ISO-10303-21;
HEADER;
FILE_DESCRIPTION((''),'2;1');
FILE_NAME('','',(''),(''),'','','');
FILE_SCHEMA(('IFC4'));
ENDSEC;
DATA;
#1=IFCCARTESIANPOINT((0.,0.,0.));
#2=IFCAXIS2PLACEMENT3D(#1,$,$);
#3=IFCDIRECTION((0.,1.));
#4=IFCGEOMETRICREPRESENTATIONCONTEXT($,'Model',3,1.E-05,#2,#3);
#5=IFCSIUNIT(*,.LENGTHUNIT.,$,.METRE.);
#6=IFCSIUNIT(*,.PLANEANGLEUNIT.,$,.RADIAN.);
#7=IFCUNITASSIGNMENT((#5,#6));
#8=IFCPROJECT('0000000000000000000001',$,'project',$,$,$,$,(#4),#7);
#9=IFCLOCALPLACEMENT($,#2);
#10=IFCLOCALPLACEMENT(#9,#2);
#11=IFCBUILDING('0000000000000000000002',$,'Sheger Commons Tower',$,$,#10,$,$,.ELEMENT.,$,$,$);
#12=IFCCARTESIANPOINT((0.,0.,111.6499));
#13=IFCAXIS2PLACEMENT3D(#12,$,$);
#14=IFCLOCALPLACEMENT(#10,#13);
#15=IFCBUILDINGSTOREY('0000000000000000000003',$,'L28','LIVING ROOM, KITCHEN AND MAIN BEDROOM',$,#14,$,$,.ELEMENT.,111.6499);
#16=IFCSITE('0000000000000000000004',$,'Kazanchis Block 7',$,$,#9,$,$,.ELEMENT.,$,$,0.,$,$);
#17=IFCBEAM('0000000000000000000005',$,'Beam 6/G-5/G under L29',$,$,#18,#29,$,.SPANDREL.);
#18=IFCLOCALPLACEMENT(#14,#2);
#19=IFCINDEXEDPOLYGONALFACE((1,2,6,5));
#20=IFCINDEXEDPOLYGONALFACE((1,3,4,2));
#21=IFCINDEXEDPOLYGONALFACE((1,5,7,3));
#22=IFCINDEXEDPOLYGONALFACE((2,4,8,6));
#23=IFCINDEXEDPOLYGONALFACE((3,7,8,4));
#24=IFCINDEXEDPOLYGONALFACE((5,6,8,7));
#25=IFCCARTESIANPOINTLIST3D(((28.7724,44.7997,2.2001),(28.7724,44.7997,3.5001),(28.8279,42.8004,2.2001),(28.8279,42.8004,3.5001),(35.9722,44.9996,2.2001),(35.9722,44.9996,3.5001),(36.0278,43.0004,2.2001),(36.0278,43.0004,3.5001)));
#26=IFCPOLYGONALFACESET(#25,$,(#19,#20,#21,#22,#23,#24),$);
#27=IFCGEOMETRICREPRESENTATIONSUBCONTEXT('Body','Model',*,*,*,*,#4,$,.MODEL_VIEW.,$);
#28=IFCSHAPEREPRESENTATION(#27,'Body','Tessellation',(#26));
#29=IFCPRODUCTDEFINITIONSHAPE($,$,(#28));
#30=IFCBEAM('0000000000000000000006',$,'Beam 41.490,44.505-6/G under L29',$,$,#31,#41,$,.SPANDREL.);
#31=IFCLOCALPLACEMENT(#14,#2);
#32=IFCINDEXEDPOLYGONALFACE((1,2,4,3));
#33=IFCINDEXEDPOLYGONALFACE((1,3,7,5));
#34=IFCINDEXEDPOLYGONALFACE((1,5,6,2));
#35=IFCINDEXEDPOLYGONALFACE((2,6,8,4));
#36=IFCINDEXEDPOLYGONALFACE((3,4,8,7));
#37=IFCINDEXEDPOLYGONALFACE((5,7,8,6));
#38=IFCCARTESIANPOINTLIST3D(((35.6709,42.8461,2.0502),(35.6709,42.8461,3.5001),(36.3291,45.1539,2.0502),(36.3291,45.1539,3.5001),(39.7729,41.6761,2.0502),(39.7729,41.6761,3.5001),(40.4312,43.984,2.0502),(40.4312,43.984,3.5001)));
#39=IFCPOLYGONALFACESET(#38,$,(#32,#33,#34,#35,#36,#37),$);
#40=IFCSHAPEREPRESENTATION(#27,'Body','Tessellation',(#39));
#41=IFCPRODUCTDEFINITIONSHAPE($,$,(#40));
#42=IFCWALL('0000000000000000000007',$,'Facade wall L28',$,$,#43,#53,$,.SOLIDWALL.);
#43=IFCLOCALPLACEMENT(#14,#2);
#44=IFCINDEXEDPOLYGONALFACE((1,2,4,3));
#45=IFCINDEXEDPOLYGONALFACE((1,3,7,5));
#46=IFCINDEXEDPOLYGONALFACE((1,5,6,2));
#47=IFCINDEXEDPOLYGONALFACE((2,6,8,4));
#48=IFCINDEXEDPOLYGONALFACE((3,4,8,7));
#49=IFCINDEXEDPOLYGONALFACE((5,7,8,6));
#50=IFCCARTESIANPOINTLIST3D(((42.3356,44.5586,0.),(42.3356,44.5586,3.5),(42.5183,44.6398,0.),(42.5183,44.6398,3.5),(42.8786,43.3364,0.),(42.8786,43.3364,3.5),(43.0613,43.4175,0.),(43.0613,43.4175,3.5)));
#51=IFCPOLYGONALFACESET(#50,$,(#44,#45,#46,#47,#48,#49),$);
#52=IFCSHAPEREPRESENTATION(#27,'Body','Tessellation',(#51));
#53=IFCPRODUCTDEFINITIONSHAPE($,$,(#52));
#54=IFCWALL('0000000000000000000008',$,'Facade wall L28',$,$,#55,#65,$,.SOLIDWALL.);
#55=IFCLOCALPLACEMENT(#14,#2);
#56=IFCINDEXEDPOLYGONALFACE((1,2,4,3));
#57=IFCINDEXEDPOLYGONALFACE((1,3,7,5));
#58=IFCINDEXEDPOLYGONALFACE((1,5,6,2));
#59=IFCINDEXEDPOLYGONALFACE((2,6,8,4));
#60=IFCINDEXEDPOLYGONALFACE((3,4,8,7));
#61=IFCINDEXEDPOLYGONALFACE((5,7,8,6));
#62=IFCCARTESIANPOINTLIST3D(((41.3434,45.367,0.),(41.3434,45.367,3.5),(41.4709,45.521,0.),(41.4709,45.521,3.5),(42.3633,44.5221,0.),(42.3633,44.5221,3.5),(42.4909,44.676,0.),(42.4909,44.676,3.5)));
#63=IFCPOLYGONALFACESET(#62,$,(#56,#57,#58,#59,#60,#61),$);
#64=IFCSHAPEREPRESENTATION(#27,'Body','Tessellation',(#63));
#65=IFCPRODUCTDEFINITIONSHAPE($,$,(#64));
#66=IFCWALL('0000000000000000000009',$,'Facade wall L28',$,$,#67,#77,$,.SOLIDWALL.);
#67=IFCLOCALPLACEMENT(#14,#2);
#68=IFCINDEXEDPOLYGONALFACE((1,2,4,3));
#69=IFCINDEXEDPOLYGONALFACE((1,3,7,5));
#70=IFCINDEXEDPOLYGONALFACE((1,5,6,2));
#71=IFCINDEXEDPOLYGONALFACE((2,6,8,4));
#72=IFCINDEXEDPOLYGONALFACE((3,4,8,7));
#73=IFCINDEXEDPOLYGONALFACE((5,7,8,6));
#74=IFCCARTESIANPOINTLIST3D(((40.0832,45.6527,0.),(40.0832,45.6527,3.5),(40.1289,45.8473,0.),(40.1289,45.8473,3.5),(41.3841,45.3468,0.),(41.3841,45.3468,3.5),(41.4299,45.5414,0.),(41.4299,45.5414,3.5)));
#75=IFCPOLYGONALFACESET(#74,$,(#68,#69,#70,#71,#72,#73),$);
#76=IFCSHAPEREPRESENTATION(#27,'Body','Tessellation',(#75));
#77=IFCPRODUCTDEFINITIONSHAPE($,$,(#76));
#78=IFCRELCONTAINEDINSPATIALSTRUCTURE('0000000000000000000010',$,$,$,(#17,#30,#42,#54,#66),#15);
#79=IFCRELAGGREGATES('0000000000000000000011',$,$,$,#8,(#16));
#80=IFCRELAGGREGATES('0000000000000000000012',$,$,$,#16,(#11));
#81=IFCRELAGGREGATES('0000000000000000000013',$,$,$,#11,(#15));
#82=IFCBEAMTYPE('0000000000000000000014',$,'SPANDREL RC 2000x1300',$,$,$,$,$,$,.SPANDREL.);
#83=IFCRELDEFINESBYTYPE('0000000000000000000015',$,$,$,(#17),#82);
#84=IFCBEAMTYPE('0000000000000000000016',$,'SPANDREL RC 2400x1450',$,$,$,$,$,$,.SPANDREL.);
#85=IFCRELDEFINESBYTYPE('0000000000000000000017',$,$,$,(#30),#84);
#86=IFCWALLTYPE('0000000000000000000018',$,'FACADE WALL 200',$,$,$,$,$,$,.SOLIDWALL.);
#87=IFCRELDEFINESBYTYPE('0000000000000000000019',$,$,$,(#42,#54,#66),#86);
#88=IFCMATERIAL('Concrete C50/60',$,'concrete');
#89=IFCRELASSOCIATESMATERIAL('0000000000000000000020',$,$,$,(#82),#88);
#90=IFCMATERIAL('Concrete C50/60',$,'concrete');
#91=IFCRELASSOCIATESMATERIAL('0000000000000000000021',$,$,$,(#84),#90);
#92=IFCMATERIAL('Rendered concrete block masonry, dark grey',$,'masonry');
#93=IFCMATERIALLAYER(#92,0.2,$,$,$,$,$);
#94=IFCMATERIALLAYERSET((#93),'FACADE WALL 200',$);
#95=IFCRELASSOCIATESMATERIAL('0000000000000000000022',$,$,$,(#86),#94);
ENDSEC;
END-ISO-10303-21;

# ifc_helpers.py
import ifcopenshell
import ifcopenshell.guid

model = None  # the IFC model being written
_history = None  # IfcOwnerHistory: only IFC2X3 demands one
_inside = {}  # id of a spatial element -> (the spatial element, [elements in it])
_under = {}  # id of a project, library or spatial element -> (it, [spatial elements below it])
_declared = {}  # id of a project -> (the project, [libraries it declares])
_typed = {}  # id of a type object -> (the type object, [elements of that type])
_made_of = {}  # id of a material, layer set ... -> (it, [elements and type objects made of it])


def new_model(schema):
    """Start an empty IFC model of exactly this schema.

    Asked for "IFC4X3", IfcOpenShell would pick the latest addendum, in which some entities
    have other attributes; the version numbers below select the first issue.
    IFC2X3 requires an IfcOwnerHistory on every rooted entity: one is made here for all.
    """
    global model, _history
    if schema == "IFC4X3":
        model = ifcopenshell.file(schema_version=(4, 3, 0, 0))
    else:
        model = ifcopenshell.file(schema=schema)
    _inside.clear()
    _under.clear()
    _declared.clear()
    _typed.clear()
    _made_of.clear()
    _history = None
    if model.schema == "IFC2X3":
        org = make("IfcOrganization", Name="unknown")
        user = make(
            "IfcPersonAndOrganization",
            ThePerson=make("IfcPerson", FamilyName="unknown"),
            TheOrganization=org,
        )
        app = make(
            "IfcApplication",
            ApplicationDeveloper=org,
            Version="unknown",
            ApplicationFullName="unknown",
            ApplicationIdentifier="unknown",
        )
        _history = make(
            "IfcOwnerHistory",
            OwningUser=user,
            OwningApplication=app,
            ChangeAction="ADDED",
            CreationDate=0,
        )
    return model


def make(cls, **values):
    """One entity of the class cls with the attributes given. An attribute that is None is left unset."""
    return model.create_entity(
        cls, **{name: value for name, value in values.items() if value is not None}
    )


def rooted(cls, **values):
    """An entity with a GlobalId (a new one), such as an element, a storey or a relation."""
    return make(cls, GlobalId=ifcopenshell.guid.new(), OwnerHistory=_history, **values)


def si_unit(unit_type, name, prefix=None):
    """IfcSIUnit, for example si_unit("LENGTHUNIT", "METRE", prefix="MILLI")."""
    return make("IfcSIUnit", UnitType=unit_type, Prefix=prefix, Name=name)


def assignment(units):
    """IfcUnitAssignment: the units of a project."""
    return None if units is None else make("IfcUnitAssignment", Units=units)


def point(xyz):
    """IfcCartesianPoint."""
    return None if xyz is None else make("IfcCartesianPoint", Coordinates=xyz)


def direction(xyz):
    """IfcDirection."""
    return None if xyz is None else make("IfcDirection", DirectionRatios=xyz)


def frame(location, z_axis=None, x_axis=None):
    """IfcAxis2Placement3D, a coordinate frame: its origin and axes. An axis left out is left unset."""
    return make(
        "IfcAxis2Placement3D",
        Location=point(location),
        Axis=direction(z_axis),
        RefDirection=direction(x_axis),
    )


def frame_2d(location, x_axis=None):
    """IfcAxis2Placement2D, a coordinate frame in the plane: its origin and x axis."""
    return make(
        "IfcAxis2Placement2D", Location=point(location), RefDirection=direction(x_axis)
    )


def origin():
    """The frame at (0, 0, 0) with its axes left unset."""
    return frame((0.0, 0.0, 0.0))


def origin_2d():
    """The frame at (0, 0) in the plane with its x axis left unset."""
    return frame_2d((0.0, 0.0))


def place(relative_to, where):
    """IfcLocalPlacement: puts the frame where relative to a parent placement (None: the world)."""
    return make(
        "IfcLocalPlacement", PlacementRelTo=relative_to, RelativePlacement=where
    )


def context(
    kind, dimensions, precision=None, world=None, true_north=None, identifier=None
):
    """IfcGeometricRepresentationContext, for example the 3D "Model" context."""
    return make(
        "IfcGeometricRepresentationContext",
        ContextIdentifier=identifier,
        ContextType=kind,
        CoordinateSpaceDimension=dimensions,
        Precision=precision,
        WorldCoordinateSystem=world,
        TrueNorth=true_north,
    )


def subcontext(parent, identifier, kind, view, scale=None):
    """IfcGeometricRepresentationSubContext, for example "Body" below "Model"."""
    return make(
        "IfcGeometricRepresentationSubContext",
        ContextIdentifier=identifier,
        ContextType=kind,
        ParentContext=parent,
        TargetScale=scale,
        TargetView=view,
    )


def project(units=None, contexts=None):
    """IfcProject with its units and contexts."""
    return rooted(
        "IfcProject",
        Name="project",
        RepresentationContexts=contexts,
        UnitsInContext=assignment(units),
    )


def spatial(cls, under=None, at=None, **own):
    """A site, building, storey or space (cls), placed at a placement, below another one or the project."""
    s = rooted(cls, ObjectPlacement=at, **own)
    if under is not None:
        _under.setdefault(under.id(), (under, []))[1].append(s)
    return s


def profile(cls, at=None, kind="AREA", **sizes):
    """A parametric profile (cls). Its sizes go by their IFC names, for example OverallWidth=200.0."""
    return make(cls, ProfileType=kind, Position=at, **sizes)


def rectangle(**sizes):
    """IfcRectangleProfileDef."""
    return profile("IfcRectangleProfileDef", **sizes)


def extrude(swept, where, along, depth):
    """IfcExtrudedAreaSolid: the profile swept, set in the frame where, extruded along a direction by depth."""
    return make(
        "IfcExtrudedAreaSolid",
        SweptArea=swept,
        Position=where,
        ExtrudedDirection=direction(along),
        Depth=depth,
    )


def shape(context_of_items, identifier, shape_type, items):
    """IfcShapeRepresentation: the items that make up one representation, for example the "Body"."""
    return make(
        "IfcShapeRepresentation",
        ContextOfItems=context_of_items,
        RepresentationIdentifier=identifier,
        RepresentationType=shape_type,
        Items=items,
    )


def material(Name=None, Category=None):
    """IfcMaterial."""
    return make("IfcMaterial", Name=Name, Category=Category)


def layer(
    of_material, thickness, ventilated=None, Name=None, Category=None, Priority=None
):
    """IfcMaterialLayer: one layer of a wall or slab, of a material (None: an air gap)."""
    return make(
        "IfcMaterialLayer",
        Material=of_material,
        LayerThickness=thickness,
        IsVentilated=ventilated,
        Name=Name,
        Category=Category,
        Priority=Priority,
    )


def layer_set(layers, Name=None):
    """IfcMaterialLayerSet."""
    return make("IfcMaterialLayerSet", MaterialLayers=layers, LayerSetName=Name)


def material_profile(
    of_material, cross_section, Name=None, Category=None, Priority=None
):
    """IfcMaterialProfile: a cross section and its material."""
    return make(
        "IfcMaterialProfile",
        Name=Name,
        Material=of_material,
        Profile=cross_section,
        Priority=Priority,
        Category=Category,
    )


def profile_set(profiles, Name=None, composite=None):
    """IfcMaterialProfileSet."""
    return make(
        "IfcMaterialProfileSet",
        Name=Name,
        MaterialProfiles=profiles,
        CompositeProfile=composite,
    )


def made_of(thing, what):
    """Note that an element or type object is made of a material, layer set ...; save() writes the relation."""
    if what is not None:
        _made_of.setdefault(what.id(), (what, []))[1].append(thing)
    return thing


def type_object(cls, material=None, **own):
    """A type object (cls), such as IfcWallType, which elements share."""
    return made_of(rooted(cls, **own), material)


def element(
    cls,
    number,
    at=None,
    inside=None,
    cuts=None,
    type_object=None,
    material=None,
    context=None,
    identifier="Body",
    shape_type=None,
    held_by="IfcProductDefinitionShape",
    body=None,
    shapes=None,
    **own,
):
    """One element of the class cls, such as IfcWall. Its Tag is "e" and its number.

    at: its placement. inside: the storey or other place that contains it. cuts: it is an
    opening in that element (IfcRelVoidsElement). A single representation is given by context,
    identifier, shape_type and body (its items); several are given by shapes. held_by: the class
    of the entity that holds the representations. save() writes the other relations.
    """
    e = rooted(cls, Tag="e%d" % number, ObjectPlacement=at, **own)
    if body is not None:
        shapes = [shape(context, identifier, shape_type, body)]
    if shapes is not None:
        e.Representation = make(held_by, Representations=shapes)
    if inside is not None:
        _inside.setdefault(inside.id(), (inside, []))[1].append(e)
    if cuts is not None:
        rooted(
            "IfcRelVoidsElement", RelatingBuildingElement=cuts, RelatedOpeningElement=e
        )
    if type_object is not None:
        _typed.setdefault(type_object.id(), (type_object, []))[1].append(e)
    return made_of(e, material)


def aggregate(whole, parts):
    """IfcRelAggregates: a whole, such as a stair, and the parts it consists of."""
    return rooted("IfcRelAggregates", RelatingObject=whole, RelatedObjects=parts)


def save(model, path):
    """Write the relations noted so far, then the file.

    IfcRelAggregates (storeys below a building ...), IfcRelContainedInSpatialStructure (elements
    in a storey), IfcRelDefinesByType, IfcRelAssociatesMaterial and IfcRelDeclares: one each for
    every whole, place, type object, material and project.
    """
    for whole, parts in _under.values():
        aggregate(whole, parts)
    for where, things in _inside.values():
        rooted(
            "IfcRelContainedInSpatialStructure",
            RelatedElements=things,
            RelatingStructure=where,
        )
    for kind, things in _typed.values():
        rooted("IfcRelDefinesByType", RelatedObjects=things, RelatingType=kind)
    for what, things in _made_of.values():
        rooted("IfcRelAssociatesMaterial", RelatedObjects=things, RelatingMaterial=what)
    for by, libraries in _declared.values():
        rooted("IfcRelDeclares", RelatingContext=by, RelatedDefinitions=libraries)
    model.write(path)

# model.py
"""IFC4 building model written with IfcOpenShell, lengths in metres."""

from ifc_helpers import new_model, si_unit, direction, frame, frame_2d, origin, origin_2d, place, context, subcontext, project, spatial, rectangle, extrude, material, layer, layer_set, material_profile, profile_set, type_object, element, save


model = new_model("IFC4")

# Units and contexts
model_context = context("Model", 3, precision=1e-05, world=origin(), true_north=direction((0.0, 1.0)))
body_context = subcontext(model_context, "Body", "Model", "MODEL_VIEW")
ifc_project = project(units=[si_unit("LENGTHUNIT", "METRE"), si_unit("PLANEANGLEUNIT", "RADIAN")], contexts=[model_context])

# Site, building, storey
site_placement = place(None, origin())
site = spatial("IfcSite", under=ifc_project, at=site_placement, Name="Kazanchis Block 7", CompositionType="ELEMENT", RefElevation=0.0)
building_placement = place(site_placement, origin())
building = spatial("IfcBuilding", under=site, at=building_placement, Name="Sheger Commons Tower", CompositionType="ELEMENT")
storey_placement = place(building_placement, frame((0.0, 0.0, 111.6499)))
storey = spatial("IfcBuildingStorey", under=building, at=storey_placement, Name="L28", Description="LIVING ROOM, KITCHEN AND MAIN BEDROOM", CompositionType="ELEMENT", Elevation=111.6499)

# Beams
ifc_material_1 = material(Name="Concrete C50/60", Category="concrete")
ifc_material_profile_1 = material_profile(ifc_material_1, rectangle(XDim=2.0, YDim=1.3, at=origin_2d()), Name="RC 2000x1300")
ifc_profile_set_1 = profile_set([ifc_material_profile_1], Name="Concrete C50/60")
beam_type_1 = type_object("IfcBeamType", Name="SPANDREL RC 2000x1300", PredefinedType="SPANDREL", material=ifc_profile_set_1)
beam_1_placement = place(storey_placement, frame((36.0, 44.0, 2.8501), z_axis=(-0.999615, -0.02776, 0.0), x_axis=(0.02776, -0.999615, 0.0)))
element("IfcBeam", 1, at=beam_1_placement, inside=storey, type_object=beam_type_1, Name="Beam 6/G-5/G under L29", PredefinedType="SPANDREL", context=body_context, shape_type="SweptSolid", body=[
    extrude(rectangle(XDim=2.0, YDim=1.3, at=origin_2d()), origin(), (0.0, 0.0, 1.0), 7.2026),
])
ifc_material_2 = material(Name="Concrete C50/60", Category="concrete")
ifc_material_profile_2 = material_profile(ifc_material_2, rectangle(XDim=2.3999, YDim=1.45, at=origin_2d()), Name="RC 2400x1450")
ifc_profile_set_2 = profile_set([ifc_material_profile_2], Name="Concrete C50/60")
beam_type_2 = type_object("IfcBeamType", Name="SPANDREL RC 2400x1450", PredefinedType="SPANDREL", material=ifc_profile_set_2)
beam_2_placement = place(storey_placement, frame((40.1021, 42.8301, 2.7751), z_axis=(-0.961653, 0.274268, 0.0), x_axis=(-0.274268, -0.961653, 0.0)))
element("IfcBeam", 2, at=beam_2_placement, inside=storey, type_object=beam_type_2, Name="Beam 41.490,44.505-6/G under L29", PredefinedType="SPANDREL", context=body_context, shape_type="SweptSolid", body=[
    extrude(rectangle(XDim=2.3999, YDim=1.45, at=origin_2d()), origin(), (0.0, 0.0, 1.0), 4.2656),
])

# Walls
ifc_material_3 = material(Name="Rendered concrete block masonry, dark grey", Category="masonry")
ifc_layer_1 = layer(ifc_material_3, 0.2)
ifc_layer_set_1 = layer_set([ifc_layer_1], Name="FACADE WALL 200")
wall_type_1 = type_object("IfcWallType", Name="FACADE WALL 200", PredefinedType="SOLIDWALL", material=ifc_layer_set_1)
wall_1_placement = place(storey_placement, frame((42.97, 43.377, 0.0), z_axis=(0.0, 0.0, 1.0), x_axis=(-0.406003, 0.913872, 0.0)))
element("IfcWall", 3, at=wall_1_placement, inside=storey, type_object=wall_type_1, Name="Facade wall L28", PredefinedType="SOLIDWALL", context=body_context, shape_type="SweptSolid", body=[
    extrude(rectangle(XDim=1.3374, YDim=0.2, at=frame_2d((0.6687, 0.0))), origin(), (0.0, 0.0, 1.0), 3.5),
])
wall_2_placement = place(storey_placement, frame((42.427, 44.5991, 0.0), z_axis=(0.0, 0.0, 1.0), x_axis=(-0.770091, 0.637934, 0.0)))
element("IfcWall", 4, at=wall_2_placement, inside=storey, type_object=wall_type_1, Name="Facade wall L28", PredefinedType="SOLIDWALL", context=body_context, shape_type="SweptSolid", body=[
    extrude(rectangle(XDim=1.3245, YDim=0.2, at=frame_2d((0.6621, 0.0))), origin(), (0.0, 0.0, 1.0), 3.5),
])
wall_3_placement = place(storey_placement, frame((41.407, 45.4441, 0.0), z_axis=(0.0, 0.0, 1.0), x_axis=(-0.973453, 0.228887, 0.0)))
element("IfcWall", 5, at=wall_3_placement, inside=storey, type_object=wall_type_1, Name="Facade wall L28", PredefinedType="SOLIDWALL", context=body_context, shape_type="SweptSolid", body=[
    extrude(rectangle(XDim=1.3364, YDim=0.2, at=frame_2d((0.6682, 0.0))), origin(), (0.0, 0.0, 1.0), 3.5),
])

save(model, "model.ifc")
